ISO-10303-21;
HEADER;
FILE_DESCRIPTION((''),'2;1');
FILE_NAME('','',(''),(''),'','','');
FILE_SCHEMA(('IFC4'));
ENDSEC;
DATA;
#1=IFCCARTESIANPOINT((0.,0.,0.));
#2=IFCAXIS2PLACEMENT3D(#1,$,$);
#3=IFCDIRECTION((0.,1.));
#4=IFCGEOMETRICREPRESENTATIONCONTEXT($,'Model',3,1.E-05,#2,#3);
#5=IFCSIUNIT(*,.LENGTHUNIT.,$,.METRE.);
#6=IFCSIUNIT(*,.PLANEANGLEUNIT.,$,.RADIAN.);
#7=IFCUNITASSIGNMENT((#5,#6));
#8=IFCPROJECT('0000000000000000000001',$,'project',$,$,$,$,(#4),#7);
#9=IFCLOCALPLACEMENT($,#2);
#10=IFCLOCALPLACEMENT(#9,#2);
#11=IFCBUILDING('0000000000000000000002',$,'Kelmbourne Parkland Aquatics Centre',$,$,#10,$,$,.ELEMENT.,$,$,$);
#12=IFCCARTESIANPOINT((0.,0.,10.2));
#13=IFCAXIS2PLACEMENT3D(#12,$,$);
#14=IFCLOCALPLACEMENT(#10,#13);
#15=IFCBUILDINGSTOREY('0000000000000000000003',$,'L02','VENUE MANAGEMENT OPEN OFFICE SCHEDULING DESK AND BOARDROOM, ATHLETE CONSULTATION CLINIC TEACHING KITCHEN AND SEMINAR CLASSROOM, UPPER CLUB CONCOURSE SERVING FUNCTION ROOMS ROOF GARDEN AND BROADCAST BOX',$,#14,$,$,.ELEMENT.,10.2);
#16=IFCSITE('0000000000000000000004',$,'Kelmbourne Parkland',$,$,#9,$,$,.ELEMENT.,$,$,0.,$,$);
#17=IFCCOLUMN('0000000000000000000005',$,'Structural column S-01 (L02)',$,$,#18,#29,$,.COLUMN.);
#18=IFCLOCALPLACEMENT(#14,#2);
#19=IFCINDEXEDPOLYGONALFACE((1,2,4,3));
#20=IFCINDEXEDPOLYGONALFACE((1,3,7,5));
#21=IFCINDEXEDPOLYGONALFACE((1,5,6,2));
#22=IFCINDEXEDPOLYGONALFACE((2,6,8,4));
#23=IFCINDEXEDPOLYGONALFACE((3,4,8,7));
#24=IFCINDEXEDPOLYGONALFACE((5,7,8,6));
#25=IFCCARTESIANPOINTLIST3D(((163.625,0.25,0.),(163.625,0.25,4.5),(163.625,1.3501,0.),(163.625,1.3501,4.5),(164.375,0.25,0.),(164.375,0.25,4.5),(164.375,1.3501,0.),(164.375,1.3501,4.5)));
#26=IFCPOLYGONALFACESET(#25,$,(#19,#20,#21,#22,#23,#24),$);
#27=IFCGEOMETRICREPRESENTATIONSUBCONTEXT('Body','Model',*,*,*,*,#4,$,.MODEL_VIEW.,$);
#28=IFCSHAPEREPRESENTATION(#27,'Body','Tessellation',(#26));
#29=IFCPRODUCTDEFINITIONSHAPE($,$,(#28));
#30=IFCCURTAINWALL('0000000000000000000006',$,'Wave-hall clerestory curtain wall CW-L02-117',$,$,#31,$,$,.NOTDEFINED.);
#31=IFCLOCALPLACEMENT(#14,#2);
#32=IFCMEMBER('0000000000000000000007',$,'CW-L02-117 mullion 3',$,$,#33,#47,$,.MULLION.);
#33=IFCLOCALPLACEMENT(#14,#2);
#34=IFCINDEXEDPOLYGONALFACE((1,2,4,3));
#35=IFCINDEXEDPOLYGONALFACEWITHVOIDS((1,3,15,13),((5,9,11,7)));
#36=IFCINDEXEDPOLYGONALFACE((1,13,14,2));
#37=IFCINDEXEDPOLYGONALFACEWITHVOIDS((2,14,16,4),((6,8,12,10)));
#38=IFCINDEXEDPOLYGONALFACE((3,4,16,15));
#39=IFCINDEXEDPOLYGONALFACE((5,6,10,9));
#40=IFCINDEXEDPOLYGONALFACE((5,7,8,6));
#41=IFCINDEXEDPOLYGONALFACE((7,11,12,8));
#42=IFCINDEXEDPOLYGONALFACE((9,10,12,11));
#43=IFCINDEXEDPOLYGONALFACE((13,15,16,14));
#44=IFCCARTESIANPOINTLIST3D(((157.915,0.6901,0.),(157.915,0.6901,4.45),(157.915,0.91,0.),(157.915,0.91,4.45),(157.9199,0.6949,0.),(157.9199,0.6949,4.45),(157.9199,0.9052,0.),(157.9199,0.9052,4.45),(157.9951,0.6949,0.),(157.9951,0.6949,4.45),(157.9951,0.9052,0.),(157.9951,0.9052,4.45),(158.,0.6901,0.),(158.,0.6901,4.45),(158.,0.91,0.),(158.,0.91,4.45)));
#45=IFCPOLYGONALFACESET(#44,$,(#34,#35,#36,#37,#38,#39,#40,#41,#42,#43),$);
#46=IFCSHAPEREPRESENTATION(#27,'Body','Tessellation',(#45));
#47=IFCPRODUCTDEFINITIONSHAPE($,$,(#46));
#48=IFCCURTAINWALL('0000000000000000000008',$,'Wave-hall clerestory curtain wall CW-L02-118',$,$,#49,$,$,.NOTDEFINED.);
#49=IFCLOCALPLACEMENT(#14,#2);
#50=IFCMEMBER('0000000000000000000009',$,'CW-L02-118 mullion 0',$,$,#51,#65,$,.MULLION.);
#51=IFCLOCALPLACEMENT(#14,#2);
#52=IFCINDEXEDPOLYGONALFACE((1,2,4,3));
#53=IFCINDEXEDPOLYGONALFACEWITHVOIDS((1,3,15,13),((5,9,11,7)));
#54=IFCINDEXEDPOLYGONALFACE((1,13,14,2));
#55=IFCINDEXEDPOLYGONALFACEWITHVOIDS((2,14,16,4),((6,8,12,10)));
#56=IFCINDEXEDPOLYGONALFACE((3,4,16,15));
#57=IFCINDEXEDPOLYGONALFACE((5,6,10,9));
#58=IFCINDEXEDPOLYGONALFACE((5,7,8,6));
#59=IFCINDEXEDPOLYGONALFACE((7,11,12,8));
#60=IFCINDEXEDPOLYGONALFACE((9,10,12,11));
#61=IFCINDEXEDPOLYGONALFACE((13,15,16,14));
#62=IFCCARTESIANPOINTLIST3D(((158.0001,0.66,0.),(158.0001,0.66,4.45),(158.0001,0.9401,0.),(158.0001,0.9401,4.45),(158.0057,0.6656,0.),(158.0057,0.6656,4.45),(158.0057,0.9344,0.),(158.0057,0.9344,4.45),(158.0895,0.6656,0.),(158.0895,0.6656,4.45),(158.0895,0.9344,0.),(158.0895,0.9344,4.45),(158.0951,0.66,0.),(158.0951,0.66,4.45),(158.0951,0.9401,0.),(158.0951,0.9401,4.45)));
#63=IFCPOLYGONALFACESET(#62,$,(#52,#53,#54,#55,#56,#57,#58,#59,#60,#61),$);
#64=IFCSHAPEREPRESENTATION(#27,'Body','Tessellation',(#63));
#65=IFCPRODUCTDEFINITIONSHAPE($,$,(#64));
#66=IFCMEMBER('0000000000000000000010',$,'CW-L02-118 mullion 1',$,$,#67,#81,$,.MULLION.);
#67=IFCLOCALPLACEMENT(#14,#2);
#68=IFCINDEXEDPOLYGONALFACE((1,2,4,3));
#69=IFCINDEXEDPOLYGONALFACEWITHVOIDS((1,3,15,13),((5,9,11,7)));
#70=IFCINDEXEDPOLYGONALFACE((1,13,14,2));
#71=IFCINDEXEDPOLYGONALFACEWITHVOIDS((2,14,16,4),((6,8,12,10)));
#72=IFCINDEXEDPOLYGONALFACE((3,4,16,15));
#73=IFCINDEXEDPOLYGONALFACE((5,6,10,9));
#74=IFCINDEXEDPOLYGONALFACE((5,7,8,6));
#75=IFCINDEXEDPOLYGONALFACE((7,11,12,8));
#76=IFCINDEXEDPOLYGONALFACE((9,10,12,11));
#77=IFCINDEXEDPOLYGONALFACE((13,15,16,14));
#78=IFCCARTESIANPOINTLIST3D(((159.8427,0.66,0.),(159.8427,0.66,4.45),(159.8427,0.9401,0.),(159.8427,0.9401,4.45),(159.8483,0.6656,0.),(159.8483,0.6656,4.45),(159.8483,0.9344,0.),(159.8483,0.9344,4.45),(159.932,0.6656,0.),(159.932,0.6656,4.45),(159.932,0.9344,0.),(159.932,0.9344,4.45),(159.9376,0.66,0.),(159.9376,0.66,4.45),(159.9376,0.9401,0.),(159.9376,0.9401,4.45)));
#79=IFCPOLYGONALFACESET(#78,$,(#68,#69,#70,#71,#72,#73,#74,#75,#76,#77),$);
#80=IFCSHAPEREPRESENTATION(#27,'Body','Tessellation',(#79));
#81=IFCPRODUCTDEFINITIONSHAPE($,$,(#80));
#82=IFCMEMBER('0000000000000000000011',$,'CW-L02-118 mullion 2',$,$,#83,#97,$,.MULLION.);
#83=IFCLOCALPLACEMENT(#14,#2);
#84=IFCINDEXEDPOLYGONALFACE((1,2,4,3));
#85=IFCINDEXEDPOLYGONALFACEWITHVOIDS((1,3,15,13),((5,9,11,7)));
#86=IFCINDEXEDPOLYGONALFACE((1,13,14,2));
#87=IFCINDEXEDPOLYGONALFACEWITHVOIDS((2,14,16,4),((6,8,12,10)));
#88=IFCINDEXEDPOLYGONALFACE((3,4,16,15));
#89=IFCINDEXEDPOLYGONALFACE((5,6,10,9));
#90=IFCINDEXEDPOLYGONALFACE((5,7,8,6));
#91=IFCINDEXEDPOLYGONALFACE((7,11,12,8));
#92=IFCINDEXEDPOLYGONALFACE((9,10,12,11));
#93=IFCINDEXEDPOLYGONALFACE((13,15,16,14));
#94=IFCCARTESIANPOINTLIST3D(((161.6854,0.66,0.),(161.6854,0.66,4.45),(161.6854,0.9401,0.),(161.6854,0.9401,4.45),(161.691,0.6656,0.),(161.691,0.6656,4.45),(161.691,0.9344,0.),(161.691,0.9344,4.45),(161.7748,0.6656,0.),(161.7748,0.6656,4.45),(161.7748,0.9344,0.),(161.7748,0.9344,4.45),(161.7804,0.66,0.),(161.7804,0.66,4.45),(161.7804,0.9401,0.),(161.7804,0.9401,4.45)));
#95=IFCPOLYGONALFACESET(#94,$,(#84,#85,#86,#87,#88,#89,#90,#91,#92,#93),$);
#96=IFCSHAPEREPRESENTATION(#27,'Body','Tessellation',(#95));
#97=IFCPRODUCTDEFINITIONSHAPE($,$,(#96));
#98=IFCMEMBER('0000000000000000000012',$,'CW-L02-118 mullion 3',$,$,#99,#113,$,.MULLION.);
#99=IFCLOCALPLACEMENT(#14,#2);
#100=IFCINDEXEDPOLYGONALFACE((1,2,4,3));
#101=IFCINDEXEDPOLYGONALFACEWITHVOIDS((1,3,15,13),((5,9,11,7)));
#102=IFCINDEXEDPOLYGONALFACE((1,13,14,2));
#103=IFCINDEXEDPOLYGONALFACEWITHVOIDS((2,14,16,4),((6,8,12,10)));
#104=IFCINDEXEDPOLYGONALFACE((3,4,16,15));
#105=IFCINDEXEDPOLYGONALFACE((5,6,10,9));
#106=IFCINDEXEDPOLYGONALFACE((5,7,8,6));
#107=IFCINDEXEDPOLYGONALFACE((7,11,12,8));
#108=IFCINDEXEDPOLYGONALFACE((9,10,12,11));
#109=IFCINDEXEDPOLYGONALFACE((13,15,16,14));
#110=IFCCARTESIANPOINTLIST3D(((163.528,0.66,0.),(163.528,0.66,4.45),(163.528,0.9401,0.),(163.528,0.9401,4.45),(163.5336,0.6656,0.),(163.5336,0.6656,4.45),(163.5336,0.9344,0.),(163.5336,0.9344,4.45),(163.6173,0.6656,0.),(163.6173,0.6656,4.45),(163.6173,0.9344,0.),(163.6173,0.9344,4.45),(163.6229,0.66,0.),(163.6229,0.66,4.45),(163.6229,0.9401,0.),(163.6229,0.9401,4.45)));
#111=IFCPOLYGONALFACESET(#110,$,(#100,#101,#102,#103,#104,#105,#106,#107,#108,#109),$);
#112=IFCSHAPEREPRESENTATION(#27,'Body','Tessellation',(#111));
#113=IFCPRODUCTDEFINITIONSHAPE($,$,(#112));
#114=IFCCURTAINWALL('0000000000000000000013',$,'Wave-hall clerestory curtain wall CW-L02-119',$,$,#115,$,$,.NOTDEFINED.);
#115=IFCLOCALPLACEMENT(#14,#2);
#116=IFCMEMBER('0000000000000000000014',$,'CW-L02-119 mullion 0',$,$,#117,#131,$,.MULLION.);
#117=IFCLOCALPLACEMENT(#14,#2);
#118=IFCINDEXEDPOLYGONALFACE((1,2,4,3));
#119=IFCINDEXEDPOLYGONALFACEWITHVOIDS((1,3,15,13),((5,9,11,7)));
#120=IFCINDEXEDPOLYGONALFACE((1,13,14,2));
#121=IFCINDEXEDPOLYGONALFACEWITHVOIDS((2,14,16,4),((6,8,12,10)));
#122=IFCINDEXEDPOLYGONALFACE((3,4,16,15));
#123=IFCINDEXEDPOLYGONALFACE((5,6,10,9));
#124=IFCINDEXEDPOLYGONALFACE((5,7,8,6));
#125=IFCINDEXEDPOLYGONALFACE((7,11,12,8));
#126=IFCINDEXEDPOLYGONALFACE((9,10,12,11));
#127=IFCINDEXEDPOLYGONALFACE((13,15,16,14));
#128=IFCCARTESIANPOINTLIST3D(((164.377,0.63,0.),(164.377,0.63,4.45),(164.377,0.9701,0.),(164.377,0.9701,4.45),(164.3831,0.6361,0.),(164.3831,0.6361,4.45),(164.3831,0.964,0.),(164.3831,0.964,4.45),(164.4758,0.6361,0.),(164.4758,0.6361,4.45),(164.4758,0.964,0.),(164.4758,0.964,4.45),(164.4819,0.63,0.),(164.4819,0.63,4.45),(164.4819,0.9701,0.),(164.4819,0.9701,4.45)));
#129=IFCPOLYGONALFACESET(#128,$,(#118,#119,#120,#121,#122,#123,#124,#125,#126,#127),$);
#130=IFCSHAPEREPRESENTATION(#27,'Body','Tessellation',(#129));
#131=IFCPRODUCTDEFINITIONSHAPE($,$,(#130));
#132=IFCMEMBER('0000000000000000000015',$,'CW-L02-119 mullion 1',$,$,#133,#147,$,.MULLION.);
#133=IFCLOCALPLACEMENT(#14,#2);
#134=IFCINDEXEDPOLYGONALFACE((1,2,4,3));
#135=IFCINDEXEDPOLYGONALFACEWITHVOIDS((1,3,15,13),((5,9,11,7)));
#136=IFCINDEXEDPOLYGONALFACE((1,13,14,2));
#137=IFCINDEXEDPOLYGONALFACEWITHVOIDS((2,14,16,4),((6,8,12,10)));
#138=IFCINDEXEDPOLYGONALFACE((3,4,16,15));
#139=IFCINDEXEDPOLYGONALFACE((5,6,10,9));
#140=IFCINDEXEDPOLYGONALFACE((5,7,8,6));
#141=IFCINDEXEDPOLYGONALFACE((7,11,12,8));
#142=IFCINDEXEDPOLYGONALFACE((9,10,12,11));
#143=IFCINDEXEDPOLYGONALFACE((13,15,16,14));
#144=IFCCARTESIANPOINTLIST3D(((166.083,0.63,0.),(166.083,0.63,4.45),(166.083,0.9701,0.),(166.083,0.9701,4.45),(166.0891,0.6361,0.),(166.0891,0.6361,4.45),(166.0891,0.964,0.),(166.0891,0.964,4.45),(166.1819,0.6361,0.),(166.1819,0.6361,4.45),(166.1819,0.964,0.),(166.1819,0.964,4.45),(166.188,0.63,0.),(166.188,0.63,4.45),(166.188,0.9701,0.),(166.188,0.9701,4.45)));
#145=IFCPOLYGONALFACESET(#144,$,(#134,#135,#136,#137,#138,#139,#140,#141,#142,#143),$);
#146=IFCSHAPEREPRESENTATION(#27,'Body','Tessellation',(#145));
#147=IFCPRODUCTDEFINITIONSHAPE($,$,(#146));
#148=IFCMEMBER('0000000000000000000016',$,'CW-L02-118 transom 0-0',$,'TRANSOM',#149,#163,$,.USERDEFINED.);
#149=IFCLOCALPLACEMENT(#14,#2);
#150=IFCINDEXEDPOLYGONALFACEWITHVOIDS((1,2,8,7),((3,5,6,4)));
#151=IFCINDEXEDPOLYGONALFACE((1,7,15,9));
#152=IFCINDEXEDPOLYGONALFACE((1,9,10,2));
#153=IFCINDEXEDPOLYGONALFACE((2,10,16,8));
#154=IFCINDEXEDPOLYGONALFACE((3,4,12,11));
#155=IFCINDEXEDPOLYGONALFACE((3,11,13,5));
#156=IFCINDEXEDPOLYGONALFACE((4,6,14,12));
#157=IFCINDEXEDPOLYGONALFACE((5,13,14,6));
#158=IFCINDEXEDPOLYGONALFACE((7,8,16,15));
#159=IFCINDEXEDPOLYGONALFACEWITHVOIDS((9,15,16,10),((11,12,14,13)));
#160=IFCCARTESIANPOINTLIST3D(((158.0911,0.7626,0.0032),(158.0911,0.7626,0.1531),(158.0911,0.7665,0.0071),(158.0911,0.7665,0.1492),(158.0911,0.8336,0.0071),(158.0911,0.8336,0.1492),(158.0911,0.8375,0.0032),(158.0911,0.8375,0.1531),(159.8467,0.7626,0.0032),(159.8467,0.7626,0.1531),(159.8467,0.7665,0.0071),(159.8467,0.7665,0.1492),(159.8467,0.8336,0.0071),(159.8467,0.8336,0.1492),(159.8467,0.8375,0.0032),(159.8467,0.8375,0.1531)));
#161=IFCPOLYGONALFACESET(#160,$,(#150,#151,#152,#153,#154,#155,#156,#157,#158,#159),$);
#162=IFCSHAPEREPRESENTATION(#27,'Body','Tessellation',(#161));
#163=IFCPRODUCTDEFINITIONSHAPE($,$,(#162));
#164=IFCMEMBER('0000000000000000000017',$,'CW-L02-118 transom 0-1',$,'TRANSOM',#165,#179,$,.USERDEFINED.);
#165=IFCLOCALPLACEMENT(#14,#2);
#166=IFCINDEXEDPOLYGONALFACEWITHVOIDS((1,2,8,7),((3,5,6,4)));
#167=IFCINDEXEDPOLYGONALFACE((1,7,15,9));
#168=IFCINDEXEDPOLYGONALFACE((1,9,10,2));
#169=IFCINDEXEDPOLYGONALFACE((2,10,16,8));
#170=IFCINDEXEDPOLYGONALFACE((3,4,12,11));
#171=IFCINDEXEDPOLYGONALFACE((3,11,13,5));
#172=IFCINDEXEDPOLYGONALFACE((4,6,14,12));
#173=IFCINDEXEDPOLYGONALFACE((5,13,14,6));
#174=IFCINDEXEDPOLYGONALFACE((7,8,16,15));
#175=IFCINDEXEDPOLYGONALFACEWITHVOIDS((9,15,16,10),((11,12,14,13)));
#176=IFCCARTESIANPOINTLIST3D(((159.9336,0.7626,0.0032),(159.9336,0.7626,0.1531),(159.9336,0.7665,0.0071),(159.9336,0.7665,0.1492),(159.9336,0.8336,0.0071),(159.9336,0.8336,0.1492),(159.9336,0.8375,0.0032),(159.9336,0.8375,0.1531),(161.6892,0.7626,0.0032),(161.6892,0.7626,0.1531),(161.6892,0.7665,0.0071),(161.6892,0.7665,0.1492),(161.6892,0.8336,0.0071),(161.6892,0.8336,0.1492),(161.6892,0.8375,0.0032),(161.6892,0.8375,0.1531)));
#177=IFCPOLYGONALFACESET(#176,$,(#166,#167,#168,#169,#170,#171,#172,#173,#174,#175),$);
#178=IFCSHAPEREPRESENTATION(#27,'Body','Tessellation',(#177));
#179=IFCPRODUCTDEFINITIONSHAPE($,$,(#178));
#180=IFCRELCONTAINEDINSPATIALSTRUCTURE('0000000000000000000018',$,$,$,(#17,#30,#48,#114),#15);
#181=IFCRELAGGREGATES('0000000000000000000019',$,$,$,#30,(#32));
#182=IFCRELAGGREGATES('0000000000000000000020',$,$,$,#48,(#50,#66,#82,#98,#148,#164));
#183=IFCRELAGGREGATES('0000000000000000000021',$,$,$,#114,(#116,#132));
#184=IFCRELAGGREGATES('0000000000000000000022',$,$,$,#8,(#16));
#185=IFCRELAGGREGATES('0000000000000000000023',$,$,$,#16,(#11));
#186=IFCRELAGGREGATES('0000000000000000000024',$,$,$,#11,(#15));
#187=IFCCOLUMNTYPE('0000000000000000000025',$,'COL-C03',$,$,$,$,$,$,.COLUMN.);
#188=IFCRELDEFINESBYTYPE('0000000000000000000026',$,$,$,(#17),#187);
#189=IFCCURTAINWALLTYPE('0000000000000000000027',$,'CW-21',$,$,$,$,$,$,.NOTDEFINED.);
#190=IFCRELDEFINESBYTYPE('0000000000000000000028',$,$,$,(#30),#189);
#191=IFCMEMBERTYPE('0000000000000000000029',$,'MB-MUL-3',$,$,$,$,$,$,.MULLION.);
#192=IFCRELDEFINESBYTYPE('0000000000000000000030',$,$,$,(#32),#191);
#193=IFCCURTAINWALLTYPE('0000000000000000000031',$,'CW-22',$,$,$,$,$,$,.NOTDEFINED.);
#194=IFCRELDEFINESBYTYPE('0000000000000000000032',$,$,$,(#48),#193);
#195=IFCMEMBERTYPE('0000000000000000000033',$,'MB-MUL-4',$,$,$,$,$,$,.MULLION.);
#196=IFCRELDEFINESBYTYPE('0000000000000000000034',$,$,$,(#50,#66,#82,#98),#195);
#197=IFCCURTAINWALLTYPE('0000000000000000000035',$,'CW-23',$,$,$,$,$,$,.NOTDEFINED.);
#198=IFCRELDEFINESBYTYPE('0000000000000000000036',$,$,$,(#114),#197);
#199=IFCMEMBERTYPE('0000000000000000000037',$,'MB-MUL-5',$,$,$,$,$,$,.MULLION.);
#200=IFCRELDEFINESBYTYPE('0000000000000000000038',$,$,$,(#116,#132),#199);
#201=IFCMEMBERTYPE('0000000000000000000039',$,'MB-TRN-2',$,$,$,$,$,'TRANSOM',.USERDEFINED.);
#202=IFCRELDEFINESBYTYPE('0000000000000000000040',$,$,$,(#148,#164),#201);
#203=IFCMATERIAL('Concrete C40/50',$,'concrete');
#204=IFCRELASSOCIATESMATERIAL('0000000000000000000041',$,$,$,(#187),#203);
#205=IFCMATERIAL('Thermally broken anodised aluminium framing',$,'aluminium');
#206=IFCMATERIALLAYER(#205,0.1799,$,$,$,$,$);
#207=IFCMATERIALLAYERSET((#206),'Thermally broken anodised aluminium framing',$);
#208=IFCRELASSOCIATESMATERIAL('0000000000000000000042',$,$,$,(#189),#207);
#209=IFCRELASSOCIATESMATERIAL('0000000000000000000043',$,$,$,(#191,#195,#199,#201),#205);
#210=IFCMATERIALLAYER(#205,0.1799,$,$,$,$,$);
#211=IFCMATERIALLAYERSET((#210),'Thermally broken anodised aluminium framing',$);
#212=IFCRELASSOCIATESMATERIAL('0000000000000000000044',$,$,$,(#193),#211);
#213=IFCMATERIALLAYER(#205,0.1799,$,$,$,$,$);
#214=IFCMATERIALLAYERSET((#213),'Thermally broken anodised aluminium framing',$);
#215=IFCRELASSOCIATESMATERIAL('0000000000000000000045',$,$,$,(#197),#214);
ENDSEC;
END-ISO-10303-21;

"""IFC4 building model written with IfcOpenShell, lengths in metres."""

from ifc_helpers import new_model, si_unit, direction, frame, origin, origin_2d, place, context, subcontext, project, spatial, rectangle, hollow_rectangle, extrude, material, layer, layer_set, material_profile, profile_set, type_object, element, aggregate, save


model = new_model("IFC4")

# Units and contexts
model_context = context("Model", 3, precision=1e-05, world=origin(), true_north=direction((0.0, 1.0)))
body_context = subcontext(model_context, "Body", "Model", "MODEL_VIEW")
ifc_project = project(units=[si_unit("LENGTHUNIT", "METRE"), si_unit("PLANEANGLEUNIT", "RADIAN")], contexts=[model_context])

# Site, building, storey
site_placement = place(None, origin())
site = spatial("IfcSite", under=ifc_project, at=site_placement, Name="Kelmbourne Parkland", CompositionType="ELEMENT", RefElevation=0.0)
building_placement = place(site_placement, origin())
building = spatial("IfcBuilding", under=site, at=building_placement, Name="Kelmbourne Parkland Aquatics Centre", CompositionType="ELEMENT")
storey_placement = place(building_placement, frame((0.0, 0.0, 10.2)))
storey = spatial("IfcBuildingStorey", under=building, at=storey_placement, Name="L02", Description="VENUE MANAGEMENT OPEN OFFICE SCHEDULING DESK AND BOARDROOM, ATHLETE CONSULTATION CLINIC TEACHING KITCHEN AND SEMINAR CLASSROOM, UPPER CLUB CONCOURSE SERVING FUNCTION ROOMS ROOF GARDEN AND BROADCAST BOX", CompositionType="ELEMENT", Elevation=10.2)

# Column
ifc_material_1 = material(Name="Concrete C40/50", Category="concrete")
ifc_material_profile_1 = material_profile(ifc_material_1, rectangle(XDim=0.75, YDim=1.1001, at=origin_2d()), Name="RC 750x1100")
ifc_profile_set_1 = profile_set([ifc_material_profile_1], Name="Concrete C40/50")
column_type = type_object("IfcColumnType", Name="COL-C03", PredefinedType="COLUMN", material=ifc_profile_set_1)
column_placement = place(storey_placement, frame((164.0, 0.8, 0.0), z_axis=(0.0, 0.0, 1.0), x_axis=(1.0, 0.0, 0.0)))
element("IfcColumn", 1, at=column_placement, inside=storey, type_object=column_type, Name="Structural column S-01 (L02)", PredefinedType="COLUMN", context=body_context, shape_type="SweptSolid", body=[
    extrude(rectangle(XDim=0.75, YDim=1.1001, at=origin_2d()), origin(), (0.0, 0.0, 1.0), 4.5),
])

# Curtain wall, member
ifc_material_2 = material(Name="Thermally broken anodised aluminium framing", Category="aluminium")
ifc_layer_1 = layer(ifc_material_2, 0.1799)
ifc_layer_set_1 = layer_set([ifc_layer_1], Name="Thermally broken anodised aluminium framing")
curtain_wall_type_1 = type_object("IfcCurtainWallType", Name="CW-21", PredefinedType="NOTDEFINED", material=ifc_layer_set_1)
curtain_wall_1_placement = place(storey_placement, origin())
curtain_wall_1 = element("IfcCurtainWall", 2, at=curtain_wall_1_placement, inside=storey, type_object=curtain_wall_type_1, Name="Wave-hall clerestory curtain wall CW-L02-117", PredefinedType="NOTDEFINED")
ifc_material_profile_2 = material_profile(ifc_material_2, hollow_rectangle(XDim=0.085, YDim=0.22, WallThickness=0.0049, at=origin_2d()), Name="CW-M 85x220")
ifc_profile_set_2 = profile_set([ifc_material_profile_2], Name="Thermally broken anodised aluminium framing")
member_type_1 = type_object("IfcMemberType", Name="MB-MUL-3", PredefinedType="MULLION", material=ifc_profile_set_2)
member_1_placement = place(storey_placement, frame((157.9575, 0.8, 0.0), z_axis=(0.0, 0.0, 1.0), x_axis=(1.0, 0.0, 0.0)))
member_1 = element("IfcMember", 3, at=member_1_placement, type_object=member_type_1, Name="CW-L02-117 mullion 3", PredefinedType="MULLION", context=body_context, shape_type="SweptSolid", body=[
    extrude(hollow_rectangle(XDim=0.085, YDim=0.22, WallThickness=0.0049, at=origin_2d()), origin(), (0.0, 0.0, 1.0), 4.45),
])
aggregate(curtain_wall_1, [member_1])

# Curtain walls, members
ifc_layer_2 = layer(ifc_material_2, 0.1799)
ifc_layer_set_2 = layer_set([ifc_layer_2], Name="Thermally broken anodised aluminium framing")
curtain_wall_type_2 = type_object("IfcCurtainWallType", Name="CW-22", PredefinedType="NOTDEFINED", material=ifc_layer_set_2)
curtain_wall_2_placement = place(storey_placement, origin())
curtain_wall_2 = element("IfcCurtainWall", 4, at=curtain_wall_2_placement, inside=storey, type_object=curtain_wall_type_2, Name="Wave-hall clerestory curtain wall CW-L02-118", PredefinedType="NOTDEFINED")
ifc_material_profile_3 = material_profile(ifc_material_2, hollow_rectangle(XDim=0.095, YDim=0.28, WallThickness=0.0056, at=origin_2d()), Name="CW-M 95x280")
ifc_profile_set_3 = profile_set([ifc_material_profile_3], Name="Thermally broken anodised aluminium framing")
member_type_2 = type_object("IfcMemberType", Name="MB-MUL-4", PredefinedType="MULLION", material=ifc_profile_set_3)
member_2_placement = place(storey_placement, frame((158.0476, 0.8, 0.0), z_axis=(0.0, 0.0, 1.0), x_axis=(1.0, 0.0, 0.0)))
member_2 = element("IfcMember", 5, at=member_2_placement, type_object=member_type_2, Name="CW-L02-118 mullion 0", PredefinedType="MULLION", context=body_context, shape_type="SweptSolid", body=[
    extrude(hollow_rectangle(XDim=0.095, YDim=0.28, WallThickness=0.0056, at=origin_2d()), origin(), (0.0, 0.0, 1.0), 4.45),
])
member_3_placement = place(storey_placement, frame((159.8901, 0.8, 0.0), z_axis=(0.0, 0.0, 1.0), x_axis=(1.0, 0.0, 0.0)))
member_3 = element("IfcMember", 6, at=member_3_placement, type_object=member_type_2, Name="CW-L02-118 mullion 1", PredefinedType="MULLION", context=body_context, shape_type="SweptSolid", body=[
    extrude(hollow_rectangle(XDim=0.095, YDim=0.28, WallThickness=0.0056, at=origin_2d()), origin(), (0.0, 0.0, 1.0), 4.45),
])
member_4_placement = place(storey_placement, frame((161.7329, 0.8, 0.0), z_axis=(0.0, 0.0, 1.0), x_axis=(1.0, 0.0, 0.0)))
member_4 = element("IfcMember", 7, at=member_4_placement, type_object=member_type_2, Name="CW-L02-118 mullion 2", PredefinedType="MULLION", context=body_context, shape_type="SweptSolid", body=[
    extrude(hollow_rectangle(XDim=0.095, YDim=0.28, WallThickness=0.0056, at=origin_2d()), origin(), (0.0, 0.0, 1.0), 4.45),
])
member_5_placement = place(storey_placement, frame((163.5754, 0.8, 0.0), z_axis=(0.0, 0.0, 1.0), x_axis=(1.0, 0.0, 0.0)))
member_5 = element("IfcMember", 8, at=member_5_placement, type_object=member_type_2, Name="CW-L02-118 mullion 3", PredefinedType="MULLION", context=body_context, shape_type="SweptSolid", body=[
    extrude(hollow_rectangle(XDim=0.095, YDim=0.28, WallThickness=0.0056, at=origin_2d()), origin(), (0.0, 0.0, 1.0), 4.45),
])
ifc_layer_3 = layer(ifc_material_2, 0.1799)
ifc_layer_set_3 = layer_set([ifc_layer_3], Name="Thermally broken anodised aluminium framing")
curtain_wall_type_3 = type_object("IfcCurtainWallType", Name="CW-23", PredefinedType="NOTDEFINED", material=ifc_layer_set_3)
curtain_wall_3_placement = place(storey_placement, origin())
curtain_wall_3 = element("IfcCurtainWall", 9, at=curtain_wall_3_placement, inside=storey, type_object=curtain_wall_type_3, Name="Wave-hall clerestory curtain wall CW-L02-119", PredefinedType="NOTDEFINED")
ifc_material_profile_4 = material_profile(ifc_material_2, hollow_rectangle(XDim=0.105, YDim=0.3401, WallThickness=0.0061, at=origin_2d()), Name="CW-M 105x340")
ifc_profile_set_4 = profile_set([ifc_material_profile_4], Name="Thermally broken anodised aluminium framing")
member_type_3 = type_object("IfcMemberType", Name="MB-MUL-5", PredefinedType="MULLION", material=ifc_profile_set_4)
member_6_placement = place(storey_placement, frame((164.4294, 0.8, 0.0), z_axis=(0.0, 0.0, 1.0), x_axis=(1.0, 0.0, 0.0)))
member_6 = element("IfcMember", 10, at=member_6_placement, type_object=member_type_3, Name="CW-L02-119 mullion 0", PredefinedType="MULLION", context=body_context, shape_type="SweptSolid", body=[
    extrude(hollow_rectangle(XDim=0.105, YDim=0.3401, WallThickness=0.0061, at=origin_2d()), origin(), (0.0, 0.0, 1.0), 4.45),
])
member_7_placement = place(storey_placement, frame((166.1355, 0.8, 0.0), z_axis=(0.0, 0.0, 1.0), x_axis=(1.0, 0.0, 0.0)))
member_7 = element("IfcMember", 11, at=member_7_placement, type_object=member_type_3, Name="CW-L02-119 mullion 1", PredefinedType="MULLION", context=body_context, shape_type="SweptSolid", body=[
    extrude(hollow_rectangle(XDim=0.105, YDim=0.3401, WallThickness=0.0061, at=origin_2d()), origin(), (0.0, 0.0, 1.0), 4.45),
])

# Members
ifc_material_profile_5 = material_profile(ifc_material_2, hollow_rectangle(XDim=0.075, YDim=0.1499, WallThickness=0.0039, at=origin_2d()), Name="CW-T 75x150")
ifc_profile_set_5 = profile_set([ifc_material_profile_5], Name="Thermally broken anodised aluminium framing")
member_type_4 = type_object("IfcMemberType", Name="MB-TRN-2", ElementType="TRANSOM", PredefinedType="USERDEFINED", material=ifc_profile_set_5)
member_8_placement = place(storey_placement, frame((158.0911, 0.8, 0.0781), z_axis=(1.0, 0.0, 0.0), x_axis=(0.0, 1.0, 0.0)))
member_8 = element("IfcMember", 12, at=member_8_placement, type_object=member_type_4, Name="CW-L02-118 transom 0-0", ObjectType="TRANSOM", PredefinedType="USERDEFINED", context=body_context, shape_type="SweptSolid", body=[
    extrude(hollow_rectangle(XDim=0.075, YDim=0.1499, WallThickness=0.0039, at=origin_2d()), origin(), (0.0, 0.0, 1.0), 1.7556),
])
member_9_placement = place(storey_placement, frame((159.9336, 0.8, 0.0781), z_axis=(1.0, 0.0, 0.0), x_axis=(0.0, 1.0, 0.0)))
member_9 = element("IfcMember", 13, at=member_9_placement, type_object=member_type_4, Name="CW-L02-118 transom 0-1", ObjectType="TRANSOM", PredefinedType="USERDEFINED", context=body_context, shape_type="SweptSolid", body=[
    extrude(hollow_rectangle(XDim=0.075, YDim=0.1499, WallThickness=0.0039, at=origin_2d()), origin(), (0.0, 0.0, 1.0), 1.7556),
])

aggregate(curtain_wall_2, [member_2, member_3, member_4, member_5, member_8, member_9])
aggregate(curtain_wall_3, [member_6, member_7])

save(model, "model.ifc")
